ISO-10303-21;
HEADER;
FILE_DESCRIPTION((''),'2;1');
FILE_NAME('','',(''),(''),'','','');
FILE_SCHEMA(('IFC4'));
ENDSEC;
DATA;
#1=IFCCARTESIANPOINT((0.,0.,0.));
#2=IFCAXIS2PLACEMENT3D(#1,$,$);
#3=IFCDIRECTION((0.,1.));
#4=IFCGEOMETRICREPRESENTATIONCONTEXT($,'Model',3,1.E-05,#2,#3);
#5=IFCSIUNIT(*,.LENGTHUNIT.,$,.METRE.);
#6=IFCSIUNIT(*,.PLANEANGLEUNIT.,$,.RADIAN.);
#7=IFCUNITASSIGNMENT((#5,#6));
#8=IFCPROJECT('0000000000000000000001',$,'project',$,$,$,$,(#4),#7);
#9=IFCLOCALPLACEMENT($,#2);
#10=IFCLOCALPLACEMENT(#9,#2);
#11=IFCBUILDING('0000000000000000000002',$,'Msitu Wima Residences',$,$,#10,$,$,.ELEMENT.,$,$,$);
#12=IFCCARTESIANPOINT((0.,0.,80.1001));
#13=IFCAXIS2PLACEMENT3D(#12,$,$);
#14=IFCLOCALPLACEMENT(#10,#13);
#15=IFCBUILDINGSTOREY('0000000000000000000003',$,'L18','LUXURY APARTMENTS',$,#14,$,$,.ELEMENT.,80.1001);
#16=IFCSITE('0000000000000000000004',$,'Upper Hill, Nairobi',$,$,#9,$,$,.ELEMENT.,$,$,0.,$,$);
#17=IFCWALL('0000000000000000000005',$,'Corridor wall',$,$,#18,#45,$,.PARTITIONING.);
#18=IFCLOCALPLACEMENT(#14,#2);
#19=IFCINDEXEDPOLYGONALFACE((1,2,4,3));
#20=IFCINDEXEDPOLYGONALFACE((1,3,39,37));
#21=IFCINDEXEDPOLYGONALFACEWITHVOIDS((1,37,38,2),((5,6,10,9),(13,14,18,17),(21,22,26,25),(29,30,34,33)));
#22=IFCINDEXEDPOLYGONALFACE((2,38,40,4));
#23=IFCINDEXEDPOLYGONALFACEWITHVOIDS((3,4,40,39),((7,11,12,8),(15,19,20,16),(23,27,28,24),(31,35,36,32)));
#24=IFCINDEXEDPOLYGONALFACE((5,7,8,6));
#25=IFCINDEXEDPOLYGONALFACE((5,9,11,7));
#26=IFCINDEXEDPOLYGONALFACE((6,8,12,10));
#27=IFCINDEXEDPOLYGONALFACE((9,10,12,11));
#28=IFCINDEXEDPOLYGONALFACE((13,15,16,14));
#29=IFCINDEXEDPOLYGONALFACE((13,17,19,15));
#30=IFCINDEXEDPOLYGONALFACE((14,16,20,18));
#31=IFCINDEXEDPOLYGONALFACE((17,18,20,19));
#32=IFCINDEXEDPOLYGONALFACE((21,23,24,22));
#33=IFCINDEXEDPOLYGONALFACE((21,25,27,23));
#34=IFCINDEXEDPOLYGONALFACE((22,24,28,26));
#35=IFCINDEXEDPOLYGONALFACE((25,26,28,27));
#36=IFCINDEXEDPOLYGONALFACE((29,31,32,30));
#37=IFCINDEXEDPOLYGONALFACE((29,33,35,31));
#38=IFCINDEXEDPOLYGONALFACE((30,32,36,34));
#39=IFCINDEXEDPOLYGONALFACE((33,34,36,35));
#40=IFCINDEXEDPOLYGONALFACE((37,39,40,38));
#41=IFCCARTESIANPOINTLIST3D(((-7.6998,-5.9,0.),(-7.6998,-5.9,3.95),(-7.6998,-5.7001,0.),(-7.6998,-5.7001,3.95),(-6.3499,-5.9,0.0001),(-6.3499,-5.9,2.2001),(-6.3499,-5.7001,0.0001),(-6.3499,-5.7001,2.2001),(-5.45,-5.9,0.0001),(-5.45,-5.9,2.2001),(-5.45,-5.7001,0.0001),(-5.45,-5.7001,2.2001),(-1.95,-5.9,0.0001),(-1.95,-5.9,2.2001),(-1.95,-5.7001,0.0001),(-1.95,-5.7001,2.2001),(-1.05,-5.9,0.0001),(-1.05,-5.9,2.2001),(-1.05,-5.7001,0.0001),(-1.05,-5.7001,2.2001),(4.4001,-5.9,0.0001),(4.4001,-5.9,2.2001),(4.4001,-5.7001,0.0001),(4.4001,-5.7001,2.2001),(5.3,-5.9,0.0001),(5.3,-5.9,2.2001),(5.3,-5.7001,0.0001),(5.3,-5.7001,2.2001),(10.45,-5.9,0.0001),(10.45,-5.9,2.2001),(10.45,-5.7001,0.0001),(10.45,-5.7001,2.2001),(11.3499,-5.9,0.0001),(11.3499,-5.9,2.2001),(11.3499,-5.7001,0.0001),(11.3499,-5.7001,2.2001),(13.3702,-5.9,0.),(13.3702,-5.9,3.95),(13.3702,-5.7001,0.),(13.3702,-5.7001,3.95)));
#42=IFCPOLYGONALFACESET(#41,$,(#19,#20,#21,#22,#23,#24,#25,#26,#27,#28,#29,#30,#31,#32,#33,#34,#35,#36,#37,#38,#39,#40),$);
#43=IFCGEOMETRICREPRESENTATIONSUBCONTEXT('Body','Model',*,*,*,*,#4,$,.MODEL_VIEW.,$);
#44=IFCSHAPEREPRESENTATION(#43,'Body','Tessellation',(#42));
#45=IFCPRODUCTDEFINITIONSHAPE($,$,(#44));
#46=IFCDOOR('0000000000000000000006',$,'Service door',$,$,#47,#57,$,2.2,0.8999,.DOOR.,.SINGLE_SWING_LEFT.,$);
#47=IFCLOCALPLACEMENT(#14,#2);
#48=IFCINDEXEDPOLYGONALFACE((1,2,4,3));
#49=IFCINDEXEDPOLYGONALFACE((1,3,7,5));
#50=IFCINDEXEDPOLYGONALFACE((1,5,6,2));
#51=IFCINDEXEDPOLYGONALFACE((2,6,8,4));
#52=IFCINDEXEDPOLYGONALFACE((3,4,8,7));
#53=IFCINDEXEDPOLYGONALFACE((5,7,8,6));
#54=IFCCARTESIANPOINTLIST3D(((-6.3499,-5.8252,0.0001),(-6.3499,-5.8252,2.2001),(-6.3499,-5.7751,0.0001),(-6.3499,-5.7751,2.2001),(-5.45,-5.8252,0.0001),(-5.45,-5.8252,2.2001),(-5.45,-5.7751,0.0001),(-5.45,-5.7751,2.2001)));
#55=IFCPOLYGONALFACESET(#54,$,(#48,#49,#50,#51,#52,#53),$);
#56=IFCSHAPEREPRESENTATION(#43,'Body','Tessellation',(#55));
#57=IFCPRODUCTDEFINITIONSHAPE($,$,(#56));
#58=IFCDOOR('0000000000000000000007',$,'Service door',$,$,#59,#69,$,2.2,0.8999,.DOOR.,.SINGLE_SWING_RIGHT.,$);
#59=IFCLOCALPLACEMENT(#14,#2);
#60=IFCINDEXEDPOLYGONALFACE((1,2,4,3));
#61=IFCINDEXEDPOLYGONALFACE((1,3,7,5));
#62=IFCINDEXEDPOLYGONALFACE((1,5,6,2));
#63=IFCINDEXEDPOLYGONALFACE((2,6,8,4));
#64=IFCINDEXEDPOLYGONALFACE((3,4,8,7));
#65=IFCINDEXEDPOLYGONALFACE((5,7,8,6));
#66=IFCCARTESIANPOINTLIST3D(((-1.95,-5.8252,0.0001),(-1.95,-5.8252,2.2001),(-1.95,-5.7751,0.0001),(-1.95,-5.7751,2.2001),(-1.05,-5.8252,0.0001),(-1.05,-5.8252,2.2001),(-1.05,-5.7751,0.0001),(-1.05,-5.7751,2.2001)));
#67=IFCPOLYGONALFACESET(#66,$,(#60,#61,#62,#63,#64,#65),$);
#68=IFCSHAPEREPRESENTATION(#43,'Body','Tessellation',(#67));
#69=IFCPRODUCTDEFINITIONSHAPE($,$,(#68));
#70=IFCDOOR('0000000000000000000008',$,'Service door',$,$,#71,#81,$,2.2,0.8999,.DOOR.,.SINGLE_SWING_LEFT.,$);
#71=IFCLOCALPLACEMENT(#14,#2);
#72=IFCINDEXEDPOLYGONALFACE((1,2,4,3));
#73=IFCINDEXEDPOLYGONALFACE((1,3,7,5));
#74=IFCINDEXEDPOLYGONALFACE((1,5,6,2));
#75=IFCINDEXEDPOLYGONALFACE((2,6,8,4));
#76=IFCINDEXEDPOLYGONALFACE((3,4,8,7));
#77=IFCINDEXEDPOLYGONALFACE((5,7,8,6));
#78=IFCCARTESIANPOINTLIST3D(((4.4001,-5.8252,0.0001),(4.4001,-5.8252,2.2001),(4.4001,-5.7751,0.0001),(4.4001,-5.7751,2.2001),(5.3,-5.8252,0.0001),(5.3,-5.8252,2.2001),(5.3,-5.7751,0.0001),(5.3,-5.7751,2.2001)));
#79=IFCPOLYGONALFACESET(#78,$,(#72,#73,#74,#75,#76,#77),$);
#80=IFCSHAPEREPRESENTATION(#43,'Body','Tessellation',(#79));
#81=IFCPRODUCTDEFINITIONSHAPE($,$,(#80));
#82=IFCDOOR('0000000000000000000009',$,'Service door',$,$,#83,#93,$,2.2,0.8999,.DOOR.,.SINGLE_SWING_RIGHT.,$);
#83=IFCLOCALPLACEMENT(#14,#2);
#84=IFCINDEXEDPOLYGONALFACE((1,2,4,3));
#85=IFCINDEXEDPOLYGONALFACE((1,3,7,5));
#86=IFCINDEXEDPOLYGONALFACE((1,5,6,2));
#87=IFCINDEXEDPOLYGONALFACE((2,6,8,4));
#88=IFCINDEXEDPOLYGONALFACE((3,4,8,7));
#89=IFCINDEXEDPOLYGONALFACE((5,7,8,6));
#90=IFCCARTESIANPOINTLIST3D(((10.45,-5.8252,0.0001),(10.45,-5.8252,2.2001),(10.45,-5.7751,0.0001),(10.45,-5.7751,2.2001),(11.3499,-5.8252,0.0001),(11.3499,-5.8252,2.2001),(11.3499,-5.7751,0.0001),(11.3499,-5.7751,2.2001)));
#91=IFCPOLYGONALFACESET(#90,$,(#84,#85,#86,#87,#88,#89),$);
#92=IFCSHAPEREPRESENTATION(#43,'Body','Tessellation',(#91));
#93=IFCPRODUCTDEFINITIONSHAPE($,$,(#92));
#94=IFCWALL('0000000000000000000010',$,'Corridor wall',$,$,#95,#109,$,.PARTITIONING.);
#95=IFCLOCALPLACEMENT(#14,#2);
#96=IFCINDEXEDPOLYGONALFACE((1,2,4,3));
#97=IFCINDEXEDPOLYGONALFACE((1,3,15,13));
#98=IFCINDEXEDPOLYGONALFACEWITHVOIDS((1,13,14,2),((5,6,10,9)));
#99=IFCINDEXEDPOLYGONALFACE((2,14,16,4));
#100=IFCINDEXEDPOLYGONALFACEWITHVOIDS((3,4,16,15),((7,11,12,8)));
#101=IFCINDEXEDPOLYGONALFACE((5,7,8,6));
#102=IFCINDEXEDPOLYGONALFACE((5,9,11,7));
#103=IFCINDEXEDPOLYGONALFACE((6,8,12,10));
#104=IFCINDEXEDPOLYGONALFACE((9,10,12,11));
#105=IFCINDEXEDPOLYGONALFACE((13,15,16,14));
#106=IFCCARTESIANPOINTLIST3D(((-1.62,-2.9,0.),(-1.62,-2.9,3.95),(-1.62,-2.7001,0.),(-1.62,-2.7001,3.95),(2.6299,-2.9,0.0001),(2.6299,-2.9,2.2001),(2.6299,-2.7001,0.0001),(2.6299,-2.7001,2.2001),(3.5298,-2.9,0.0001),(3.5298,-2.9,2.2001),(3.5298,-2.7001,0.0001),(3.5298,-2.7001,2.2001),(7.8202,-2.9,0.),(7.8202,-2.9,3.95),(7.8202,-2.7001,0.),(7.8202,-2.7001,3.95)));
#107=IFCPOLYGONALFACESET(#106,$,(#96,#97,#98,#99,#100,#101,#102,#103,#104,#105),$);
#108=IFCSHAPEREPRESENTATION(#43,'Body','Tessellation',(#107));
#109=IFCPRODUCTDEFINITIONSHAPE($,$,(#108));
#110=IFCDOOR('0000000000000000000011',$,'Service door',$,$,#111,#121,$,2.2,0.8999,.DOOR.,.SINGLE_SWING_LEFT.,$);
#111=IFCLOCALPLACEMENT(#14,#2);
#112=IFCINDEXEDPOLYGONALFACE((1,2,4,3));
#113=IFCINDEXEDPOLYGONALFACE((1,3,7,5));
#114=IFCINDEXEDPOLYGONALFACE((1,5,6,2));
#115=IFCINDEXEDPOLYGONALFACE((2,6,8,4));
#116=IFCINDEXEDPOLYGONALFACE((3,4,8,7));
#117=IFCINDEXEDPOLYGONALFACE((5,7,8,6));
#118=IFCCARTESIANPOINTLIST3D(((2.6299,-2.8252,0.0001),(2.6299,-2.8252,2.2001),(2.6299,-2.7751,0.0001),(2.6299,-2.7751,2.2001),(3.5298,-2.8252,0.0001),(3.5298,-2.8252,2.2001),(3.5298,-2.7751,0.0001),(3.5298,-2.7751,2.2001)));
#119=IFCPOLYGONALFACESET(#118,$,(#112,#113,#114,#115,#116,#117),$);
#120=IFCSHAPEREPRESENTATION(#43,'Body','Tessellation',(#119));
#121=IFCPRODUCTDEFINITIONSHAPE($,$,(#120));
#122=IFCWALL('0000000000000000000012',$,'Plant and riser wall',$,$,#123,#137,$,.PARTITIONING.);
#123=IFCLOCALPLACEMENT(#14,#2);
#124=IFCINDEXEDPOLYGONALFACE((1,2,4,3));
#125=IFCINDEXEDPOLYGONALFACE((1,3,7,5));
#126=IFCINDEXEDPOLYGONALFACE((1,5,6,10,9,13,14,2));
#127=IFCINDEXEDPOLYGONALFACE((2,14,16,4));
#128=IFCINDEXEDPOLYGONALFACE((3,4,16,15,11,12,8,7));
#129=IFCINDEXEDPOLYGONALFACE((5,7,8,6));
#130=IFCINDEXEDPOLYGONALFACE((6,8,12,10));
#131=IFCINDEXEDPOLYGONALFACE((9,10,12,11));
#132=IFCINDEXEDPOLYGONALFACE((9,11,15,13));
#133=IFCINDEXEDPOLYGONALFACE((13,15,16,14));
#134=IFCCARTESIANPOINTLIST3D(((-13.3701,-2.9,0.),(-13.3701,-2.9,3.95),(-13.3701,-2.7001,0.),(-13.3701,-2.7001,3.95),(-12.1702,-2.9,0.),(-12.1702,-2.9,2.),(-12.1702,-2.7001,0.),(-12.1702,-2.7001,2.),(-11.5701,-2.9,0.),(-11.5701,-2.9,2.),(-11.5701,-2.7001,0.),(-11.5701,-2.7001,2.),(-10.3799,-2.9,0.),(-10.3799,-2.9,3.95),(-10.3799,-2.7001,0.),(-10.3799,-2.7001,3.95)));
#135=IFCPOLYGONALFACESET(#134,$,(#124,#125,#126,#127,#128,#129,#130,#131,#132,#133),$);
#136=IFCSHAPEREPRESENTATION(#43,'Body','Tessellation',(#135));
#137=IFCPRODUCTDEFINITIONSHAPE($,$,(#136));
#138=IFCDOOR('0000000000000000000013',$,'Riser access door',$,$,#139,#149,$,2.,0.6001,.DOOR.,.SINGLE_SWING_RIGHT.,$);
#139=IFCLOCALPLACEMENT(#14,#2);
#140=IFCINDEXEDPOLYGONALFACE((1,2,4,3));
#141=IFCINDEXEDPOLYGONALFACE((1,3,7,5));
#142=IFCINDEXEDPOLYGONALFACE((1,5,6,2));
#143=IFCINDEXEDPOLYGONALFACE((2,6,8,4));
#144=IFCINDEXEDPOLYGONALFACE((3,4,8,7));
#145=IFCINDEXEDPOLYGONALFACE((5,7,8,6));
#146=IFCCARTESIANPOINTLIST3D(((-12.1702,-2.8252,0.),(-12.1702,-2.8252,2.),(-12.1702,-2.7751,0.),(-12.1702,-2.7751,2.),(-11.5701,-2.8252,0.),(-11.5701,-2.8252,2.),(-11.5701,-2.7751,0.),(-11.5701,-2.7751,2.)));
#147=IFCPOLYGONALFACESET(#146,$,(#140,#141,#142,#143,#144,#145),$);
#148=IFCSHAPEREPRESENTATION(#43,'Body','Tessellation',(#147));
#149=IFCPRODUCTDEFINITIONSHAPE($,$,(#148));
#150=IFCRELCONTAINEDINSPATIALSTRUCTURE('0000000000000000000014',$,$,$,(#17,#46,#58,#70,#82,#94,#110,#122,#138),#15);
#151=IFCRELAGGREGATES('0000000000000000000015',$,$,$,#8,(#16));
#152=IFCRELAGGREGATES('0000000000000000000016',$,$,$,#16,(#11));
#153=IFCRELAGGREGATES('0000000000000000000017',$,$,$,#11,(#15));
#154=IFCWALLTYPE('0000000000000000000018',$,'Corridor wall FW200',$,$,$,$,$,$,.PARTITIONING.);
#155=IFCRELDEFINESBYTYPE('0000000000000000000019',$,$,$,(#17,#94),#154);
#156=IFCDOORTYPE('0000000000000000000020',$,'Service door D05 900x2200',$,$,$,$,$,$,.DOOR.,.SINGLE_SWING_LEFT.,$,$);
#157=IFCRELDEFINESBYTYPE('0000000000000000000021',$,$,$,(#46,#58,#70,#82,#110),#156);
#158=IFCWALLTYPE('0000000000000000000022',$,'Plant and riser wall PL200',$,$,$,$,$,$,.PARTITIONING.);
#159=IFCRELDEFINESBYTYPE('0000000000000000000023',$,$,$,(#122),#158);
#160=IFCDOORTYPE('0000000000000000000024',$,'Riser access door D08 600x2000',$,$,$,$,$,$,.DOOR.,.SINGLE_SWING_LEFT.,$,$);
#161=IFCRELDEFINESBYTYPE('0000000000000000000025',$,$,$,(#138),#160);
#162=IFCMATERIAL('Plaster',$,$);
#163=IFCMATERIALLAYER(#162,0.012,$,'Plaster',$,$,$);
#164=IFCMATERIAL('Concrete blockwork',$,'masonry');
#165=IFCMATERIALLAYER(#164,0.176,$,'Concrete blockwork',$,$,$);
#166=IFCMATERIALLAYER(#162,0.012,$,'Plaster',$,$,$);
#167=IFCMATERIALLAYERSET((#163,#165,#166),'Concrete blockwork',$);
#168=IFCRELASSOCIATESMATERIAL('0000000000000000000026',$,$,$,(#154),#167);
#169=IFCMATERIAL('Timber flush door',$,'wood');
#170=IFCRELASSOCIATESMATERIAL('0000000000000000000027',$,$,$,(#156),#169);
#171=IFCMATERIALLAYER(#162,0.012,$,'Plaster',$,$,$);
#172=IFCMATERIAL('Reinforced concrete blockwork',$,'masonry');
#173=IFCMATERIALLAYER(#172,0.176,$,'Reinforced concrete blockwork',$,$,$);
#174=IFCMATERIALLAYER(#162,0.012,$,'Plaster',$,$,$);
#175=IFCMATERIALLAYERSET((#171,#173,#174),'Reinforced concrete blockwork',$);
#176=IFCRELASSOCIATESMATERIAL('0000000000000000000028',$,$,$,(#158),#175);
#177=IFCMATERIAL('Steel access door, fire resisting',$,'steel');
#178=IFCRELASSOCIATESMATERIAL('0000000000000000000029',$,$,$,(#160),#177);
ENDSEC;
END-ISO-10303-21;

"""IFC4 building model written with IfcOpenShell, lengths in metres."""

from ifc_helpers import new_model, si_unit, direction, frame, frame_2d, origin, place, context, subcontext, project, spatial, rectangle, extrude, material, layer, layer_set, type_object, element, fill, save


model = new_model("IFC4")

# Units and contexts
model_context = context("Model", 3, precision=1e-05, world=origin(), true_north=direction((0.0, 1.0)))
body_context = subcontext(model_context, "Body", "Model", "MODEL_VIEW")
ifc_project = project(units=[si_unit("LENGTHUNIT", "METRE"), si_unit("PLANEANGLEUNIT", "RADIAN")], contexts=[model_context])

# Site, building, storey
site_placement = place(None, origin())
site = spatial("IfcSite", under=ifc_project, at=site_placement, Name="Upper Hill, Nairobi", CompositionType="ELEMENT", RefElevation=0.0)
building_placement = place(site_placement, origin())
building = spatial("IfcBuilding", under=site, at=building_placement, Name="Msitu Wima Residences", CompositionType="ELEMENT")
storey_placement = place(building_placement, frame((0.0, 0.0, 80.1001)))
storey = spatial("IfcBuildingStorey", under=building, at=storey_placement, Name="L18", Description="LUXURY APARTMENTS", CompositionType="ELEMENT", Elevation=80.1001)

# Shared definitions
ifc_material_1 = material(Name="Plaster")
ifc_layer_1 = layer(ifc_material_1, 0.012, Name="Plaster")
ifc_material_2 = material(Name="Concrete blockwork", Category="masonry")
ifc_layer_2 = layer(ifc_material_2, 0.176, Name="Concrete blockwork")
ifc_layer_3 = layer(ifc_material_1, 0.012, Name="Plaster")
ifc_layer_set_1 = layer_set([ifc_layer_1, ifc_layer_2, ifc_layer_3], Name="Concrete blockwork")
wall_type_1 = type_object("IfcWallType", Name="Corridor wall FW200", PredefinedType="PARTITIONING", material=ifc_layer_set_1)

# Wall, openings, doors
wall_1_placement = place(storey_placement, frame((-7.7, -5.8, 0.0), z_axis=(0.0, 0.0, 1.0), x_axis=(1.0, 0.0, 0.0)))
wall_1 = element("IfcWall", 1, at=wall_1_placement, inside=storey, type_object=wall_type_1, Name="Corridor wall", PredefinedType="PARTITIONING", context=body_context, shape_type="SweptSolid", body=[
    extrude(rectangle(XDim=21.0701, YDim=0.2, at=frame_2d((10.5352, 0.0))), origin(), (0.0, 0.0, 1.0), 3.95),
])
opening_1_placement = place(wall_1_placement, frame((1.3501, 0.0, 0.0)))
opening_1 = element("IfcOpeningElement", 2, at=opening_1_placement, cuts=wall_1, PredefinedType="OPENING", context=body_context, shape_type="SweptSolid", body=[
    extrude(rectangle(XDim=0.8999, YDim=2.2, at=frame_2d((0.45, 1.1001))), frame((0.0, 0.1099, 0.0), z_axis=(0.0, -1.0, 0.0), x_axis=(1.0, 0.0, 0.0)), (0.0, 0.0, 1.0), 0.22),
])
opening_2_placement = place(wall_1_placement, frame((5.75, 0.0, 0.0)))
opening_2 = element("IfcOpeningElement", 3, at=opening_2_placement, cuts=wall_1, PredefinedType="OPENING", context=body_context, shape_type="SweptSolid", body=[
    extrude(rectangle(XDim=0.8999, YDim=2.2, at=frame_2d((0.45, 1.1001))), frame((0.0, 0.1099, 0.0), z_axis=(0.0, -1.0, 0.0), x_axis=(1.0, 0.0, 0.0)), (0.0, 0.0, 1.0), 0.22),
])
opening_3_placement = place(wall_1_placement, frame((12.1001, 0.0, 0.0)))
opening_3 = element("IfcOpeningElement", 4, at=opening_3_placement, cuts=wall_1, PredefinedType="OPENING", context=body_context, shape_type="SweptSolid", body=[
    extrude(rectangle(XDim=0.8999, YDim=2.2, at=frame_2d((0.45, 1.1001))), frame((0.0, 0.1099, 0.0), z_axis=(0.0, -1.0, 0.0), x_axis=(1.0, 0.0, 0.0)), (0.0, 0.0, 1.0), 0.22),
])
opening_4_placement = place(wall_1_placement, frame((18.1499, 0.0, 0.0)))
opening_4 = element("IfcOpeningElement", 5, at=opening_4_placement, cuts=wall_1, PredefinedType="OPENING", context=body_context, shape_type="SweptSolid", body=[
    extrude(rectangle(XDim=0.8999, YDim=2.2, at=frame_2d((0.45, 1.1001))), frame((0.0, 0.1099, 0.0), z_axis=(0.0, -1.0, 0.0), x_axis=(1.0, 0.0, 0.0)), (0.0, 0.0, 1.0), 0.22),
])
ifc_material_3 = material(Name="Timber flush door", Category="wood")
door_type_1 = type_object("IfcDoorType", Name="Service door D05 900x2200", OperationType="SINGLE_SWING_LEFT", PredefinedType="DOOR", material=ifc_material_3)
door_1_placement = place(opening_1_placement, origin())
door_1 = element("IfcDoor", 6, at=door_1_placement, inside=storey, type_object=door_type_1, Name="Service door", OperationType="SINGLE_SWING_LEFT", OverallHeight=2.2, OverallWidth=0.8999, PredefinedType="DOOR", context=body_context, shape_type="SweptSolid", body=[
    extrude(rectangle(XDim=0.8999, YDim=2.2, at=frame_2d((0.45, 1.1001))), frame((0.0, 0.0249, 0.0), z_axis=(0.0, -1.0, 0.0), x_axis=(1.0, 0.0, 0.0)), (0.0, 0.0, 1.0), 0.05),
])
fill(opening_1, door_1)
door_2_placement = place(opening_2_placement, origin())
door_2 = element("IfcDoor", 7, at=door_2_placement, inside=storey, type_object=door_type_1, Name="Service door", OperationType="SINGLE_SWING_RIGHT", OverallHeight=2.2, OverallWidth=0.8999, PredefinedType="DOOR", context=body_context, shape_type="SweptSolid", body=[
    extrude(rectangle(XDim=0.8999, YDim=2.2, at=frame_2d((0.45, 1.1001))), frame((0.0, 0.0249, 0.0), z_axis=(0.0, -1.0, 0.0), x_axis=(1.0, 0.0, 0.0)), (0.0, 0.0, 1.0), 0.05),
])
fill(opening_2, door_2)
door_3_placement = place(opening_3_placement, origin())
door_3 = element("IfcDoor", 8, at=door_3_placement, inside=storey, type_object=door_type_1, Name="Service door", OperationType="SINGLE_SWING_LEFT", OverallHeight=2.2, OverallWidth=0.8999, PredefinedType="DOOR", context=body_context, shape_type="SweptSolid", body=[
    extrude(rectangle(XDim=0.8999, YDim=2.2, at=frame_2d((0.45, 1.1001))), frame((0.0, 0.0249, 0.0), z_axis=(0.0, -1.0, 0.0), x_axis=(1.0, 0.0, 0.0)), (0.0, 0.0, 1.0), 0.05),
])
fill(opening_3, door_3)
door_4_placement = place(opening_4_placement, origin())
door_4 = element("IfcDoor", 9, at=door_4_placement, inside=storey, type_object=door_type_1, Name="Service door", OperationType="SINGLE_SWING_RIGHT", OverallHeight=2.2, OverallWidth=0.8999, PredefinedType="DOOR", context=body_context, shape_type="SweptSolid", body=[
    extrude(rectangle(XDim=0.8999, YDim=2.2, at=frame_2d((0.45, 1.1001))), frame((0.0, 0.0249, 0.0), z_axis=(0.0, -1.0, 0.0), x_axis=(1.0, 0.0, 0.0)), (0.0, 0.0, 1.0), 0.05),
])
fill(opening_4, door_4)

# Walls, openings, doors
wall_2_placement = place(storey_placement, frame((-1.6201, -2.8, 0.0), z_axis=(0.0, 0.0, 1.0), x_axis=(1.0, 0.0, 0.0)))
wall_2 = element("IfcWall", 10, at=wall_2_placement, inside=storey, type_object=wall_type_1, Name="Corridor wall", PredefinedType="PARTITIONING", context=body_context, shape_type="SweptSolid", body=[
    extrude(rectangle(XDim=9.4402, YDim=0.2, at=frame_2d((4.7202, 0.0))), origin(), (0.0, 0.0, 1.0), 3.95),
])
opening_5_placement = place(wall_2_placement, frame((4.25, 0.0, 0.0)))
opening_5 = element("IfcOpeningElement", 11, at=opening_5_placement, cuts=wall_2, PredefinedType="OPENING", context=body_context, shape_type="SweptSolid", body=[
    extrude(rectangle(XDim=0.8999, YDim=2.2, at=frame_2d((0.45, 1.1001))), frame((0.0, 0.1099, 0.0), z_axis=(0.0, -1.0, 0.0), x_axis=(1.0, 0.0, 0.0)), (0.0, 0.0, 1.0), 0.22),
])
door_5_placement = place(opening_5_placement, origin())
door_5 = element("IfcDoor", 12, at=door_5_placement, inside=storey, type_object=door_type_1, Name="Service door", OperationType="SINGLE_SWING_LEFT", OverallHeight=2.2, OverallWidth=0.8999, PredefinedType="DOOR", context=body_context, shape_type="SweptSolid", body=[
    extrude(rectangle(XDim=0.8999, YDim=2.2, at=frame_2d((0.45, 1.1001))), frame((0.0, 0.0249, 0.0), z_axis=(0.0, -1.0, 0.0), x_axis=(1.0, 0.0, 0.0)), (0.0, 0.0, 1.0), 0.05),
])
fill(opening_5, door_5)
ifc_layer_4 = layer(ifc_material_1, 0.012, Name="Plaster")
ifc_material_4 = material(Name="Reinforced concrete blockwork", Category="masonry")
ifc_layer_5 = layer(ifc_material_4, 0.176, Name="Reinforced concrete blockwork")
ifc_layer_6 = layer(ifc_material_1, 0.012, Name="Plaster")
ifc_layer_set_2 = layer_set([ifc_layer_4, ifc_layer_5, ifc_layer_6], Name="Reinforced concrete blockwork")
wall_type_2 = type_object("IfcWallType", Name="Plant and riser wall PL200", PredefinedType="PARTITIONING", material=ifc_layer_set_2)
wall_3_placement = place(storey_placement, frame((-13.3701, -2.8, 0.0), z_axis=(0.0, 0.0, 1.0), x_axis=(1.0, 0.0, 0.0)))
wall_3 = element("IfcWall", 13, at=wall_3_placement, inside=storey, type_object=wall_type_2, Name="Plant and riser wall", PredefinedType="PARTITIONING", context=body_context, shape_type="SweptSolid", body=[
    extrude(rectangle(XDim=2.9902, YDim=0.2, at=frame_2d((1.4951, 0.0))), origin(), (0.0, 0.0, 1.0), 3.95),
])
opening_6_placement = place(wall_3_placement, frame((1.2, 0.0, 0.0)))
opening_6 = element("IfcOpeningElement", 14, at=opening_6_placement, cuts=wall_3, PredefinedType="OPENING", context=body_context, shape_type="SweptSolid", body=[
    extrude(rectangle(XDim=0.6001, YDim=2.0, at=frame_2d((0.3, 1.0))), frame((0.0, 0.1099, 0.0), z_axis=(0.0, -1.0, 0.0), x_axis=(1.0, 0.0, 0.0)), (0.0, 0.0, 1.0), 0.22),
])
ifc_material_5 = material(Name="Steel access door, fire resisting", Category="steel")
door_type_2 = type_object("IfcDoorType", Name="Riser access door D08 600x2000", OperationType="SINGLE_SWING_LEFT", PredefinedType="DOOR", material=ifc_material_5)
door_6_placement = place(opening_6_placement, origin())
door_6 = element("IfcDoor", 15, at=door_6_placement, inside=storey, type_object=door_type_2, Name="Riser access door", OperationType="SINGLE_SWING_RIGHT", OverallHeight=2.0, OverallWidth=0.6001, PredefinedType="DOOR", context=body_context, shape_type="SweptSolid", body=[
    extrude(rectangle(XDim=0.6001, YDim=2.0, at=frame_2d((0.3, 1.0))), frame((0.0, 0.0249, 0.0), z_axis=(0.0, -1.0, 0.0), x_axis=(1.0, 0.0, 0.0)), (0.0, 0.0, 1.0), 0.05),
])
fill(opening_6, door_6)

save(model, "model.ifc")
